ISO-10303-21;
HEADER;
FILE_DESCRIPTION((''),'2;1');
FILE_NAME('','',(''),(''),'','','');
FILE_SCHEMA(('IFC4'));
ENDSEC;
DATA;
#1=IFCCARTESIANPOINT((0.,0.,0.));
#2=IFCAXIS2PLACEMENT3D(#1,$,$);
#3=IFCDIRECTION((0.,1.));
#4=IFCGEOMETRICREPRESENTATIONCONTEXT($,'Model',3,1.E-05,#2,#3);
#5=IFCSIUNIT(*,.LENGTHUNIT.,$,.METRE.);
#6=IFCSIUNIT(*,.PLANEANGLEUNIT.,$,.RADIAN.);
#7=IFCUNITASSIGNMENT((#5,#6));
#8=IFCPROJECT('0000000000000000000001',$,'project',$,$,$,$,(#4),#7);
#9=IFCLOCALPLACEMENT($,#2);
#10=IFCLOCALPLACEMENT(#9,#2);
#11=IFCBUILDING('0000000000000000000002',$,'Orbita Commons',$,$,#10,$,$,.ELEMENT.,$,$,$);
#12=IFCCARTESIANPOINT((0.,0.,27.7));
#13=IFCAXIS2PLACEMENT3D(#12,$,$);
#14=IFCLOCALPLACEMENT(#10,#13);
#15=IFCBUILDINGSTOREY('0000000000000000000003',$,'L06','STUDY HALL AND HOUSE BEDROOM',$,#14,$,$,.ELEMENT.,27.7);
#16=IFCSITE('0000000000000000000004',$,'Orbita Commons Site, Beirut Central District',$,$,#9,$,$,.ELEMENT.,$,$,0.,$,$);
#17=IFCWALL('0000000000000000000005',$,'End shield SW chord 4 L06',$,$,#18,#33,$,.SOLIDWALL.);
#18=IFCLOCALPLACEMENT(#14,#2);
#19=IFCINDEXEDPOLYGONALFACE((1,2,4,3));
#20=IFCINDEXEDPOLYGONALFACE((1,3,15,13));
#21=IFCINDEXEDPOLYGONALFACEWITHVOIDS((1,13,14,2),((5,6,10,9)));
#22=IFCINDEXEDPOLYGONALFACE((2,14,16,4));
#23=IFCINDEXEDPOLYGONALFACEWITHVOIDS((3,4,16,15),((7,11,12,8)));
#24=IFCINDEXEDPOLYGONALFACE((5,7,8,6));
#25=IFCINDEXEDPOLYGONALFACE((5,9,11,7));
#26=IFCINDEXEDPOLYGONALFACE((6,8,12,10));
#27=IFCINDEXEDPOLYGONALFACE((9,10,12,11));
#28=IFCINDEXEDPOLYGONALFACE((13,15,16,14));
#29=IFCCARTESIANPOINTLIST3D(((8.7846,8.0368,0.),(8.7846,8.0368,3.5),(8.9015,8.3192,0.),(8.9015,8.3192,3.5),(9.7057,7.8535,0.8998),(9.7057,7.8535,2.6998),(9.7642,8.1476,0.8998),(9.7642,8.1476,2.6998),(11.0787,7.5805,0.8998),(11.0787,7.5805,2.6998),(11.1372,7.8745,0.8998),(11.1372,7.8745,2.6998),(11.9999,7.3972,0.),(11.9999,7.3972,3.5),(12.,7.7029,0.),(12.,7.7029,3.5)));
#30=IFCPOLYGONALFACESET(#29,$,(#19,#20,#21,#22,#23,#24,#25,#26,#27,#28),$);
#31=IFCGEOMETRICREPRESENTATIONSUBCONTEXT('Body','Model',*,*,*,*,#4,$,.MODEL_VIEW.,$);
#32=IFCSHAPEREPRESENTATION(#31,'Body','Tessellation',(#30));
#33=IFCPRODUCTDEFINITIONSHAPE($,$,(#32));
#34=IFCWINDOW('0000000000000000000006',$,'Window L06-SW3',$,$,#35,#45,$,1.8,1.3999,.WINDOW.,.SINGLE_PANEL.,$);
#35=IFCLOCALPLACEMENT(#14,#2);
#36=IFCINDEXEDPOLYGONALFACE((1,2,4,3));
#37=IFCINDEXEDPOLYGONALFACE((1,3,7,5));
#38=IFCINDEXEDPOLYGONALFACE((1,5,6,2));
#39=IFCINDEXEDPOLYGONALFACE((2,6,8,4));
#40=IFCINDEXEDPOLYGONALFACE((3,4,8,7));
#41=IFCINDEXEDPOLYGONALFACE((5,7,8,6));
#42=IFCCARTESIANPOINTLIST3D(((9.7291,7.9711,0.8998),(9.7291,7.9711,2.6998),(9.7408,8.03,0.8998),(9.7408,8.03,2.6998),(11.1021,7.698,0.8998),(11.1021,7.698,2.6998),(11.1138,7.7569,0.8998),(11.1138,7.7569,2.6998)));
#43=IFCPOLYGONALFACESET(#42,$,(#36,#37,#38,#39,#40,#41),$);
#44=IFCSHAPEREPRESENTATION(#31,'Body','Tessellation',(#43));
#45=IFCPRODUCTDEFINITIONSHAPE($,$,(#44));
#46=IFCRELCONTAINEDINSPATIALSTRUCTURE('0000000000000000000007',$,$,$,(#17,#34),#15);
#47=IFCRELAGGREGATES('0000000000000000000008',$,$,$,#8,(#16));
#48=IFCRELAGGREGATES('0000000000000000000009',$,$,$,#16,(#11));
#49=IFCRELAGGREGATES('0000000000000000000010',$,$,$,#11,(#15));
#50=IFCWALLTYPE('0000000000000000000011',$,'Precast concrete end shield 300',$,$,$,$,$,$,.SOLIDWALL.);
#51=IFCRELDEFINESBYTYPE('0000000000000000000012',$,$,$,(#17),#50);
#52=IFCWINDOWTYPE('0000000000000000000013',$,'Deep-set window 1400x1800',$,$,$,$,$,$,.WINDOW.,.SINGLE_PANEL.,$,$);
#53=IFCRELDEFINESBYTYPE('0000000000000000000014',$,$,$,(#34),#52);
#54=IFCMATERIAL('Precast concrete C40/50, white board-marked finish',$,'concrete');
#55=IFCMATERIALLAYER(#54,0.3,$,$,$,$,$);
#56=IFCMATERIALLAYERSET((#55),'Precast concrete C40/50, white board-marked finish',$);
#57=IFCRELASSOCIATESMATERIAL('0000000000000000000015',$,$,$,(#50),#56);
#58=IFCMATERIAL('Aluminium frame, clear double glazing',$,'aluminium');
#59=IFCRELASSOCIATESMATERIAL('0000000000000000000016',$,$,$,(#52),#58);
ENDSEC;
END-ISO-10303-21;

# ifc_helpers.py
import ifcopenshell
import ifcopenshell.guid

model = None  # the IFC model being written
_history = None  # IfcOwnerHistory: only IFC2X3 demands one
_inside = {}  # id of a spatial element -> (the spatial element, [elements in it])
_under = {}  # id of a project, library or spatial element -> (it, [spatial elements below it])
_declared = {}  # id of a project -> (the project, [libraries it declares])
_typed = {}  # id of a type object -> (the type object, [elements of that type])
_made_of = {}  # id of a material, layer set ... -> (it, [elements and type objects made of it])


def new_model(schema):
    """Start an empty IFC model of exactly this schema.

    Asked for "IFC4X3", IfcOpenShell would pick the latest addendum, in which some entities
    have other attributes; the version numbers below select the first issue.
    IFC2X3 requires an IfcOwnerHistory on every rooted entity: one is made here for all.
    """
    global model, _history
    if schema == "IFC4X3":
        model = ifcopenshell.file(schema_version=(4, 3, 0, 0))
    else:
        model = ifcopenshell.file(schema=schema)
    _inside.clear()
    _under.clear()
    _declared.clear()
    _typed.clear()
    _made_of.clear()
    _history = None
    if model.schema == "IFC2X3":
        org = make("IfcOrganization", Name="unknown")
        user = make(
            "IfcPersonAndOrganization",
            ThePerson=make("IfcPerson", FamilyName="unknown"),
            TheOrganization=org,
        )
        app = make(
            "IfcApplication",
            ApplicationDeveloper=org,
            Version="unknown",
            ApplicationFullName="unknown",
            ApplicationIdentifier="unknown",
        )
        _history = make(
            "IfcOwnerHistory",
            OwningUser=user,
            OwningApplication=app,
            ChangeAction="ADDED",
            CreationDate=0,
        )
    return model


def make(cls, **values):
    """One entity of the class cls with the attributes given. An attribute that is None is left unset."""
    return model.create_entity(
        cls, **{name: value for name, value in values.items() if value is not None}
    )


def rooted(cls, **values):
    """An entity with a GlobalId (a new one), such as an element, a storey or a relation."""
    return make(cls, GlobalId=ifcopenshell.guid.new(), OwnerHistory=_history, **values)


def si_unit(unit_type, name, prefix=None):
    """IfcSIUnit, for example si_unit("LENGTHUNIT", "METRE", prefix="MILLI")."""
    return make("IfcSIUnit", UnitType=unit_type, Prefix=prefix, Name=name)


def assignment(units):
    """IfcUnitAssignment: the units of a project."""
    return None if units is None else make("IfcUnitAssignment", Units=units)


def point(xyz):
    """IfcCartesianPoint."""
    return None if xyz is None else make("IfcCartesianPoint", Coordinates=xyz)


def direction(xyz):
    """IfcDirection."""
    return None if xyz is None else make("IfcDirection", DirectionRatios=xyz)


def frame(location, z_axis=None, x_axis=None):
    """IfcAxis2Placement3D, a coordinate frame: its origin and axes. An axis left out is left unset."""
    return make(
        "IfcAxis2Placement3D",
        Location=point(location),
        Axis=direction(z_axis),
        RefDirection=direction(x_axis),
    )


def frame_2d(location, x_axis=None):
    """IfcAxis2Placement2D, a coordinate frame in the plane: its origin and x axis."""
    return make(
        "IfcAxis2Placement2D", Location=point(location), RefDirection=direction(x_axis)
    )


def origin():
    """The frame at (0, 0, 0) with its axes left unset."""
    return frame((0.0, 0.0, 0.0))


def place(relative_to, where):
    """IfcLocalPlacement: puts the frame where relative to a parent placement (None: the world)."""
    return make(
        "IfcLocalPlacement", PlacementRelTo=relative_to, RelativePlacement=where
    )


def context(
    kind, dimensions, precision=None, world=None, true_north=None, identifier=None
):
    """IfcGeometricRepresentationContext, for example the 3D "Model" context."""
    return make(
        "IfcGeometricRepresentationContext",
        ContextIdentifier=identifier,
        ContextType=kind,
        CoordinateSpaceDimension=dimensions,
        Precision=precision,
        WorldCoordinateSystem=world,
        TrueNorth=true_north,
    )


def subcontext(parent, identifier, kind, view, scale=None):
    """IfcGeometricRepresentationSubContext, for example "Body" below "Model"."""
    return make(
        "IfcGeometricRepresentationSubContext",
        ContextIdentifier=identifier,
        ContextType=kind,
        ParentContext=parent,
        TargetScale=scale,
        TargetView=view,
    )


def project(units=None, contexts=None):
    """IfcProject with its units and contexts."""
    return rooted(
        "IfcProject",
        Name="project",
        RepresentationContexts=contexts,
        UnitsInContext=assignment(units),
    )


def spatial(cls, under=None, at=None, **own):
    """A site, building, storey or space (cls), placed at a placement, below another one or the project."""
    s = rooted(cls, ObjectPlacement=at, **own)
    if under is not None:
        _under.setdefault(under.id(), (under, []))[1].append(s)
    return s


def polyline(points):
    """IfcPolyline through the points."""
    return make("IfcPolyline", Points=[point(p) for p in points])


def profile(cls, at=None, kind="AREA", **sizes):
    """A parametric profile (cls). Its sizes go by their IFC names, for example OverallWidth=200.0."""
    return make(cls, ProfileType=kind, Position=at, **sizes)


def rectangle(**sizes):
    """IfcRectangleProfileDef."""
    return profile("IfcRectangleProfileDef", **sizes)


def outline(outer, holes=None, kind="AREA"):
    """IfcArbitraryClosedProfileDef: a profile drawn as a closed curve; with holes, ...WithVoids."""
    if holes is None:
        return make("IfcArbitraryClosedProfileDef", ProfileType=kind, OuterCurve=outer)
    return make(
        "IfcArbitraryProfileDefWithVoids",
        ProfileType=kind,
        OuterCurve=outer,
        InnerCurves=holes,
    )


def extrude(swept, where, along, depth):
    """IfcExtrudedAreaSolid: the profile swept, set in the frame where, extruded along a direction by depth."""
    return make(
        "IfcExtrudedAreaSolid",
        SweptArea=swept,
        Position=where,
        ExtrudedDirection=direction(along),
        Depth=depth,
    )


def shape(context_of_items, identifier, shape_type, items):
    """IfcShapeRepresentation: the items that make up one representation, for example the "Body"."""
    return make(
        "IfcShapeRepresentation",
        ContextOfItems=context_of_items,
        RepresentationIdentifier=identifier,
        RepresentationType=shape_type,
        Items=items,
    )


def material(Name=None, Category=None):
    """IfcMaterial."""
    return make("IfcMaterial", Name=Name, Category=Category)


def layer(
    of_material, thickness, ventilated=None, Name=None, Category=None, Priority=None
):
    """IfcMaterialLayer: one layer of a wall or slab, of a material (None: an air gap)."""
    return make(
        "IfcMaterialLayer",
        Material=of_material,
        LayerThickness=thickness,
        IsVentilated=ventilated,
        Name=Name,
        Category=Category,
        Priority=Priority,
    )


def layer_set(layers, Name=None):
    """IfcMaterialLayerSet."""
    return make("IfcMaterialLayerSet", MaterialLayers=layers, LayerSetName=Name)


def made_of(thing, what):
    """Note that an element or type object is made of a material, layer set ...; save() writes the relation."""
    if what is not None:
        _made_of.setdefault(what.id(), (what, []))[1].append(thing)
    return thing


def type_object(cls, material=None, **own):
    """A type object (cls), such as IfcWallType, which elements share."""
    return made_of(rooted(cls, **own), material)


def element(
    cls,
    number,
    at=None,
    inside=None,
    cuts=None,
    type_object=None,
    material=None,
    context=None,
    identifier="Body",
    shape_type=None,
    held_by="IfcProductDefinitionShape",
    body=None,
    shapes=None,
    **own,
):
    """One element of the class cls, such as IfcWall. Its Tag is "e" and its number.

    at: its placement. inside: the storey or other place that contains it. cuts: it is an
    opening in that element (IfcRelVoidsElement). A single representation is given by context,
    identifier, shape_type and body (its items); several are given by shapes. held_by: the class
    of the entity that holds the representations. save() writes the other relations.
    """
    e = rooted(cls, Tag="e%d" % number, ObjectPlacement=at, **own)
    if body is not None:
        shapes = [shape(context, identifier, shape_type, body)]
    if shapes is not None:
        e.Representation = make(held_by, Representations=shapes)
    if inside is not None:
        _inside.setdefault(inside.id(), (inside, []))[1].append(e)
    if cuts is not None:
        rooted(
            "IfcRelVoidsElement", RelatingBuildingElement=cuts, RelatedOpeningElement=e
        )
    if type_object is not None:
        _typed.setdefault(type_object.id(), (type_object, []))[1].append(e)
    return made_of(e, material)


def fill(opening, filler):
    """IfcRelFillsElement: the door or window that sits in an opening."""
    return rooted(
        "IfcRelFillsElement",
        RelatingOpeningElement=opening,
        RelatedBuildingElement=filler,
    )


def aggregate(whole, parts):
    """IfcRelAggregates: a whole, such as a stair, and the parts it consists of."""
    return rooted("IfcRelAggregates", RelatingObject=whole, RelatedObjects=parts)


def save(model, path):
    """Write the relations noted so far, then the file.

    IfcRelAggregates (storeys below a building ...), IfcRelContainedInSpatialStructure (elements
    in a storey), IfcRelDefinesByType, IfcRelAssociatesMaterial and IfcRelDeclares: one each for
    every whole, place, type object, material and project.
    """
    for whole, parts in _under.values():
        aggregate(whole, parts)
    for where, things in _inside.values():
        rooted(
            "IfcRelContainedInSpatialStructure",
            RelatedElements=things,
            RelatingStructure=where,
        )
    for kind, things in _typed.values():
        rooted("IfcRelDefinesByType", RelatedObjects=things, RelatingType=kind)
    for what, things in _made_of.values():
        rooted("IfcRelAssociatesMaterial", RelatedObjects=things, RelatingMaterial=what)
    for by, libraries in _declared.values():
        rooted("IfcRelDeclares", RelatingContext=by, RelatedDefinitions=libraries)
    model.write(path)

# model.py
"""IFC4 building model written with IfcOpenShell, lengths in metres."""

from ifc_helpers import new_model, si_unit, direction, frame, frame_2d, origin, place, context, subcontext, project, spatial, polyline, rectangle, outline, extrude, material, layer, layer_set, type_object, element, fill, save


model = new_model("IFC4")

# Units and contexts
model_context = context("Model", 3, precision=1e-05, world=origin(), true_north=direction((0.0, 1.0)))
body_context = subcontext(model_context, "Body", "Model", "MODEL_VIEW")
ifc_project = project(units=[si_unit("LENGTHUNIT", "METRE"), si_unit("PLANEANGLEUNIT", "RADIAN")], contexts=[model_context])

# Site, building, storey
site_placement = place(None, origin())
site = spatial("IfcSite", under=ifc_project, at=site_placement, Name="Orbita Commons Site, Beirut Central District", CompositionType="ELEMENT", RefElevation=0.0)
building_placement = place(site_placement, origin())
building = spatial("IfcBuilding", under=site, at=building_placement, Name="Orbita Commons", CompositionType="ELEMENT")
storey_placement = place(building_placement, frame((0.0, 0.0, 27.7)))
storey = spatial("IfcBuildingStorey", under=building, at=storey_placement, Name="L06", Description="STUDY HALL AND HOUSE BEDROOM", CompositionType="ELEMENT", Elevation=27.7)

# Wall, opening, window
ifc_material_1 = material(Name="Precast concrete C40/50, white board-marked finish", Category="concrete")
ifc_layer_1 = layer(ifc_material_1, 0.3)
ifc_layer_set_1 = layer_set([ifc_layer_1], Name="Precast concrete C40/50, white board-marked finish")
wall_type_1 = type_object("IfcWallType", Name="Precast concrete end shield 300", PredefinedType="SOLIDWALL", material=ifc_layer_set_1)
ifc_material_2 = material(Name="Aluminium frame, clear double glazing", Category="aluminium")
window_type = type_object("IfcWindowType", Name="Deep-set window 1400x1800", PartitioningType="SINGLE_PANEL", PredefinedType="WINDOW", material=ifc_material_2)
wall_1_placement = place(storey_placement, frame((8.843, 8.178, 0.0), z_axis=(0.0, 0.0, 1.0), x_axis=(0.980787, -0.19508, 0.0)))
wall_1 = element("IfcWall", 1, at=wall_1_placement, inside=storey, type_object=wall_type_1, Name="End shield SW chord 4 L06", PredefinedType="SOLIDWALL", context=body_context, shape_type="SweptSolid", body=[
    extrude(outline(polyline([(-0.0298, -0.1499), (3.2485, -0.1499), (3.189, 0.1499), (0.0298, 0.1499), (-0.0298, -0.1499)])), origin(), (0.0, 0.0, 1.0), 3.5),
])
opening_1_placement = place(wall_1_placement, frame((0.9094, 0.0, 0.8999)))
opening_1 = element("IfcOpeningElement", 2, at=opening_1_placement, cuts=wall_1, PredefinedType="OPENING", context=body_context, shape_type="SweptSolid", body=[
    extrude(rectangle(XDim=1.3999, YDim=1.8, at=frame_2d((0.7, 0.8999))), frame((0.0, 0.1599, 0.0), z_axis=(0.0, -1.0, 0.0), x_axis=(1.0, 0.0, 0.0)), (0.0, 0.0, 1.0), 0.3201),
])
window_1_placement = place(opening_1_placement, origin())
window_1 = element("IfcWindow", 3, at=window_1_placement, inside=storey, type_object=window_type, Name="Window L06-SW3", OverallHeight=1.8, OverallWidth=1.3999, PartitioningType="SINGLE_PANEL", PredefinedType="WINDOW", context=body_context, shape_type="SweptSolid", body=[
    extrude(rectangle(XDim=1.3999, YDim=1.8, at=frame_2d((0.7, 0.8999))), frame((0.0, 0.03, 0.0), z_axis=(0.0, -1.0, 0.0), x_axis=(1.0, 0.0, 0.0)), (0.0, 0.0, 1.0), 0.0601),
])
fill(opening_1, window_1)

save(model, "model.ifc")
